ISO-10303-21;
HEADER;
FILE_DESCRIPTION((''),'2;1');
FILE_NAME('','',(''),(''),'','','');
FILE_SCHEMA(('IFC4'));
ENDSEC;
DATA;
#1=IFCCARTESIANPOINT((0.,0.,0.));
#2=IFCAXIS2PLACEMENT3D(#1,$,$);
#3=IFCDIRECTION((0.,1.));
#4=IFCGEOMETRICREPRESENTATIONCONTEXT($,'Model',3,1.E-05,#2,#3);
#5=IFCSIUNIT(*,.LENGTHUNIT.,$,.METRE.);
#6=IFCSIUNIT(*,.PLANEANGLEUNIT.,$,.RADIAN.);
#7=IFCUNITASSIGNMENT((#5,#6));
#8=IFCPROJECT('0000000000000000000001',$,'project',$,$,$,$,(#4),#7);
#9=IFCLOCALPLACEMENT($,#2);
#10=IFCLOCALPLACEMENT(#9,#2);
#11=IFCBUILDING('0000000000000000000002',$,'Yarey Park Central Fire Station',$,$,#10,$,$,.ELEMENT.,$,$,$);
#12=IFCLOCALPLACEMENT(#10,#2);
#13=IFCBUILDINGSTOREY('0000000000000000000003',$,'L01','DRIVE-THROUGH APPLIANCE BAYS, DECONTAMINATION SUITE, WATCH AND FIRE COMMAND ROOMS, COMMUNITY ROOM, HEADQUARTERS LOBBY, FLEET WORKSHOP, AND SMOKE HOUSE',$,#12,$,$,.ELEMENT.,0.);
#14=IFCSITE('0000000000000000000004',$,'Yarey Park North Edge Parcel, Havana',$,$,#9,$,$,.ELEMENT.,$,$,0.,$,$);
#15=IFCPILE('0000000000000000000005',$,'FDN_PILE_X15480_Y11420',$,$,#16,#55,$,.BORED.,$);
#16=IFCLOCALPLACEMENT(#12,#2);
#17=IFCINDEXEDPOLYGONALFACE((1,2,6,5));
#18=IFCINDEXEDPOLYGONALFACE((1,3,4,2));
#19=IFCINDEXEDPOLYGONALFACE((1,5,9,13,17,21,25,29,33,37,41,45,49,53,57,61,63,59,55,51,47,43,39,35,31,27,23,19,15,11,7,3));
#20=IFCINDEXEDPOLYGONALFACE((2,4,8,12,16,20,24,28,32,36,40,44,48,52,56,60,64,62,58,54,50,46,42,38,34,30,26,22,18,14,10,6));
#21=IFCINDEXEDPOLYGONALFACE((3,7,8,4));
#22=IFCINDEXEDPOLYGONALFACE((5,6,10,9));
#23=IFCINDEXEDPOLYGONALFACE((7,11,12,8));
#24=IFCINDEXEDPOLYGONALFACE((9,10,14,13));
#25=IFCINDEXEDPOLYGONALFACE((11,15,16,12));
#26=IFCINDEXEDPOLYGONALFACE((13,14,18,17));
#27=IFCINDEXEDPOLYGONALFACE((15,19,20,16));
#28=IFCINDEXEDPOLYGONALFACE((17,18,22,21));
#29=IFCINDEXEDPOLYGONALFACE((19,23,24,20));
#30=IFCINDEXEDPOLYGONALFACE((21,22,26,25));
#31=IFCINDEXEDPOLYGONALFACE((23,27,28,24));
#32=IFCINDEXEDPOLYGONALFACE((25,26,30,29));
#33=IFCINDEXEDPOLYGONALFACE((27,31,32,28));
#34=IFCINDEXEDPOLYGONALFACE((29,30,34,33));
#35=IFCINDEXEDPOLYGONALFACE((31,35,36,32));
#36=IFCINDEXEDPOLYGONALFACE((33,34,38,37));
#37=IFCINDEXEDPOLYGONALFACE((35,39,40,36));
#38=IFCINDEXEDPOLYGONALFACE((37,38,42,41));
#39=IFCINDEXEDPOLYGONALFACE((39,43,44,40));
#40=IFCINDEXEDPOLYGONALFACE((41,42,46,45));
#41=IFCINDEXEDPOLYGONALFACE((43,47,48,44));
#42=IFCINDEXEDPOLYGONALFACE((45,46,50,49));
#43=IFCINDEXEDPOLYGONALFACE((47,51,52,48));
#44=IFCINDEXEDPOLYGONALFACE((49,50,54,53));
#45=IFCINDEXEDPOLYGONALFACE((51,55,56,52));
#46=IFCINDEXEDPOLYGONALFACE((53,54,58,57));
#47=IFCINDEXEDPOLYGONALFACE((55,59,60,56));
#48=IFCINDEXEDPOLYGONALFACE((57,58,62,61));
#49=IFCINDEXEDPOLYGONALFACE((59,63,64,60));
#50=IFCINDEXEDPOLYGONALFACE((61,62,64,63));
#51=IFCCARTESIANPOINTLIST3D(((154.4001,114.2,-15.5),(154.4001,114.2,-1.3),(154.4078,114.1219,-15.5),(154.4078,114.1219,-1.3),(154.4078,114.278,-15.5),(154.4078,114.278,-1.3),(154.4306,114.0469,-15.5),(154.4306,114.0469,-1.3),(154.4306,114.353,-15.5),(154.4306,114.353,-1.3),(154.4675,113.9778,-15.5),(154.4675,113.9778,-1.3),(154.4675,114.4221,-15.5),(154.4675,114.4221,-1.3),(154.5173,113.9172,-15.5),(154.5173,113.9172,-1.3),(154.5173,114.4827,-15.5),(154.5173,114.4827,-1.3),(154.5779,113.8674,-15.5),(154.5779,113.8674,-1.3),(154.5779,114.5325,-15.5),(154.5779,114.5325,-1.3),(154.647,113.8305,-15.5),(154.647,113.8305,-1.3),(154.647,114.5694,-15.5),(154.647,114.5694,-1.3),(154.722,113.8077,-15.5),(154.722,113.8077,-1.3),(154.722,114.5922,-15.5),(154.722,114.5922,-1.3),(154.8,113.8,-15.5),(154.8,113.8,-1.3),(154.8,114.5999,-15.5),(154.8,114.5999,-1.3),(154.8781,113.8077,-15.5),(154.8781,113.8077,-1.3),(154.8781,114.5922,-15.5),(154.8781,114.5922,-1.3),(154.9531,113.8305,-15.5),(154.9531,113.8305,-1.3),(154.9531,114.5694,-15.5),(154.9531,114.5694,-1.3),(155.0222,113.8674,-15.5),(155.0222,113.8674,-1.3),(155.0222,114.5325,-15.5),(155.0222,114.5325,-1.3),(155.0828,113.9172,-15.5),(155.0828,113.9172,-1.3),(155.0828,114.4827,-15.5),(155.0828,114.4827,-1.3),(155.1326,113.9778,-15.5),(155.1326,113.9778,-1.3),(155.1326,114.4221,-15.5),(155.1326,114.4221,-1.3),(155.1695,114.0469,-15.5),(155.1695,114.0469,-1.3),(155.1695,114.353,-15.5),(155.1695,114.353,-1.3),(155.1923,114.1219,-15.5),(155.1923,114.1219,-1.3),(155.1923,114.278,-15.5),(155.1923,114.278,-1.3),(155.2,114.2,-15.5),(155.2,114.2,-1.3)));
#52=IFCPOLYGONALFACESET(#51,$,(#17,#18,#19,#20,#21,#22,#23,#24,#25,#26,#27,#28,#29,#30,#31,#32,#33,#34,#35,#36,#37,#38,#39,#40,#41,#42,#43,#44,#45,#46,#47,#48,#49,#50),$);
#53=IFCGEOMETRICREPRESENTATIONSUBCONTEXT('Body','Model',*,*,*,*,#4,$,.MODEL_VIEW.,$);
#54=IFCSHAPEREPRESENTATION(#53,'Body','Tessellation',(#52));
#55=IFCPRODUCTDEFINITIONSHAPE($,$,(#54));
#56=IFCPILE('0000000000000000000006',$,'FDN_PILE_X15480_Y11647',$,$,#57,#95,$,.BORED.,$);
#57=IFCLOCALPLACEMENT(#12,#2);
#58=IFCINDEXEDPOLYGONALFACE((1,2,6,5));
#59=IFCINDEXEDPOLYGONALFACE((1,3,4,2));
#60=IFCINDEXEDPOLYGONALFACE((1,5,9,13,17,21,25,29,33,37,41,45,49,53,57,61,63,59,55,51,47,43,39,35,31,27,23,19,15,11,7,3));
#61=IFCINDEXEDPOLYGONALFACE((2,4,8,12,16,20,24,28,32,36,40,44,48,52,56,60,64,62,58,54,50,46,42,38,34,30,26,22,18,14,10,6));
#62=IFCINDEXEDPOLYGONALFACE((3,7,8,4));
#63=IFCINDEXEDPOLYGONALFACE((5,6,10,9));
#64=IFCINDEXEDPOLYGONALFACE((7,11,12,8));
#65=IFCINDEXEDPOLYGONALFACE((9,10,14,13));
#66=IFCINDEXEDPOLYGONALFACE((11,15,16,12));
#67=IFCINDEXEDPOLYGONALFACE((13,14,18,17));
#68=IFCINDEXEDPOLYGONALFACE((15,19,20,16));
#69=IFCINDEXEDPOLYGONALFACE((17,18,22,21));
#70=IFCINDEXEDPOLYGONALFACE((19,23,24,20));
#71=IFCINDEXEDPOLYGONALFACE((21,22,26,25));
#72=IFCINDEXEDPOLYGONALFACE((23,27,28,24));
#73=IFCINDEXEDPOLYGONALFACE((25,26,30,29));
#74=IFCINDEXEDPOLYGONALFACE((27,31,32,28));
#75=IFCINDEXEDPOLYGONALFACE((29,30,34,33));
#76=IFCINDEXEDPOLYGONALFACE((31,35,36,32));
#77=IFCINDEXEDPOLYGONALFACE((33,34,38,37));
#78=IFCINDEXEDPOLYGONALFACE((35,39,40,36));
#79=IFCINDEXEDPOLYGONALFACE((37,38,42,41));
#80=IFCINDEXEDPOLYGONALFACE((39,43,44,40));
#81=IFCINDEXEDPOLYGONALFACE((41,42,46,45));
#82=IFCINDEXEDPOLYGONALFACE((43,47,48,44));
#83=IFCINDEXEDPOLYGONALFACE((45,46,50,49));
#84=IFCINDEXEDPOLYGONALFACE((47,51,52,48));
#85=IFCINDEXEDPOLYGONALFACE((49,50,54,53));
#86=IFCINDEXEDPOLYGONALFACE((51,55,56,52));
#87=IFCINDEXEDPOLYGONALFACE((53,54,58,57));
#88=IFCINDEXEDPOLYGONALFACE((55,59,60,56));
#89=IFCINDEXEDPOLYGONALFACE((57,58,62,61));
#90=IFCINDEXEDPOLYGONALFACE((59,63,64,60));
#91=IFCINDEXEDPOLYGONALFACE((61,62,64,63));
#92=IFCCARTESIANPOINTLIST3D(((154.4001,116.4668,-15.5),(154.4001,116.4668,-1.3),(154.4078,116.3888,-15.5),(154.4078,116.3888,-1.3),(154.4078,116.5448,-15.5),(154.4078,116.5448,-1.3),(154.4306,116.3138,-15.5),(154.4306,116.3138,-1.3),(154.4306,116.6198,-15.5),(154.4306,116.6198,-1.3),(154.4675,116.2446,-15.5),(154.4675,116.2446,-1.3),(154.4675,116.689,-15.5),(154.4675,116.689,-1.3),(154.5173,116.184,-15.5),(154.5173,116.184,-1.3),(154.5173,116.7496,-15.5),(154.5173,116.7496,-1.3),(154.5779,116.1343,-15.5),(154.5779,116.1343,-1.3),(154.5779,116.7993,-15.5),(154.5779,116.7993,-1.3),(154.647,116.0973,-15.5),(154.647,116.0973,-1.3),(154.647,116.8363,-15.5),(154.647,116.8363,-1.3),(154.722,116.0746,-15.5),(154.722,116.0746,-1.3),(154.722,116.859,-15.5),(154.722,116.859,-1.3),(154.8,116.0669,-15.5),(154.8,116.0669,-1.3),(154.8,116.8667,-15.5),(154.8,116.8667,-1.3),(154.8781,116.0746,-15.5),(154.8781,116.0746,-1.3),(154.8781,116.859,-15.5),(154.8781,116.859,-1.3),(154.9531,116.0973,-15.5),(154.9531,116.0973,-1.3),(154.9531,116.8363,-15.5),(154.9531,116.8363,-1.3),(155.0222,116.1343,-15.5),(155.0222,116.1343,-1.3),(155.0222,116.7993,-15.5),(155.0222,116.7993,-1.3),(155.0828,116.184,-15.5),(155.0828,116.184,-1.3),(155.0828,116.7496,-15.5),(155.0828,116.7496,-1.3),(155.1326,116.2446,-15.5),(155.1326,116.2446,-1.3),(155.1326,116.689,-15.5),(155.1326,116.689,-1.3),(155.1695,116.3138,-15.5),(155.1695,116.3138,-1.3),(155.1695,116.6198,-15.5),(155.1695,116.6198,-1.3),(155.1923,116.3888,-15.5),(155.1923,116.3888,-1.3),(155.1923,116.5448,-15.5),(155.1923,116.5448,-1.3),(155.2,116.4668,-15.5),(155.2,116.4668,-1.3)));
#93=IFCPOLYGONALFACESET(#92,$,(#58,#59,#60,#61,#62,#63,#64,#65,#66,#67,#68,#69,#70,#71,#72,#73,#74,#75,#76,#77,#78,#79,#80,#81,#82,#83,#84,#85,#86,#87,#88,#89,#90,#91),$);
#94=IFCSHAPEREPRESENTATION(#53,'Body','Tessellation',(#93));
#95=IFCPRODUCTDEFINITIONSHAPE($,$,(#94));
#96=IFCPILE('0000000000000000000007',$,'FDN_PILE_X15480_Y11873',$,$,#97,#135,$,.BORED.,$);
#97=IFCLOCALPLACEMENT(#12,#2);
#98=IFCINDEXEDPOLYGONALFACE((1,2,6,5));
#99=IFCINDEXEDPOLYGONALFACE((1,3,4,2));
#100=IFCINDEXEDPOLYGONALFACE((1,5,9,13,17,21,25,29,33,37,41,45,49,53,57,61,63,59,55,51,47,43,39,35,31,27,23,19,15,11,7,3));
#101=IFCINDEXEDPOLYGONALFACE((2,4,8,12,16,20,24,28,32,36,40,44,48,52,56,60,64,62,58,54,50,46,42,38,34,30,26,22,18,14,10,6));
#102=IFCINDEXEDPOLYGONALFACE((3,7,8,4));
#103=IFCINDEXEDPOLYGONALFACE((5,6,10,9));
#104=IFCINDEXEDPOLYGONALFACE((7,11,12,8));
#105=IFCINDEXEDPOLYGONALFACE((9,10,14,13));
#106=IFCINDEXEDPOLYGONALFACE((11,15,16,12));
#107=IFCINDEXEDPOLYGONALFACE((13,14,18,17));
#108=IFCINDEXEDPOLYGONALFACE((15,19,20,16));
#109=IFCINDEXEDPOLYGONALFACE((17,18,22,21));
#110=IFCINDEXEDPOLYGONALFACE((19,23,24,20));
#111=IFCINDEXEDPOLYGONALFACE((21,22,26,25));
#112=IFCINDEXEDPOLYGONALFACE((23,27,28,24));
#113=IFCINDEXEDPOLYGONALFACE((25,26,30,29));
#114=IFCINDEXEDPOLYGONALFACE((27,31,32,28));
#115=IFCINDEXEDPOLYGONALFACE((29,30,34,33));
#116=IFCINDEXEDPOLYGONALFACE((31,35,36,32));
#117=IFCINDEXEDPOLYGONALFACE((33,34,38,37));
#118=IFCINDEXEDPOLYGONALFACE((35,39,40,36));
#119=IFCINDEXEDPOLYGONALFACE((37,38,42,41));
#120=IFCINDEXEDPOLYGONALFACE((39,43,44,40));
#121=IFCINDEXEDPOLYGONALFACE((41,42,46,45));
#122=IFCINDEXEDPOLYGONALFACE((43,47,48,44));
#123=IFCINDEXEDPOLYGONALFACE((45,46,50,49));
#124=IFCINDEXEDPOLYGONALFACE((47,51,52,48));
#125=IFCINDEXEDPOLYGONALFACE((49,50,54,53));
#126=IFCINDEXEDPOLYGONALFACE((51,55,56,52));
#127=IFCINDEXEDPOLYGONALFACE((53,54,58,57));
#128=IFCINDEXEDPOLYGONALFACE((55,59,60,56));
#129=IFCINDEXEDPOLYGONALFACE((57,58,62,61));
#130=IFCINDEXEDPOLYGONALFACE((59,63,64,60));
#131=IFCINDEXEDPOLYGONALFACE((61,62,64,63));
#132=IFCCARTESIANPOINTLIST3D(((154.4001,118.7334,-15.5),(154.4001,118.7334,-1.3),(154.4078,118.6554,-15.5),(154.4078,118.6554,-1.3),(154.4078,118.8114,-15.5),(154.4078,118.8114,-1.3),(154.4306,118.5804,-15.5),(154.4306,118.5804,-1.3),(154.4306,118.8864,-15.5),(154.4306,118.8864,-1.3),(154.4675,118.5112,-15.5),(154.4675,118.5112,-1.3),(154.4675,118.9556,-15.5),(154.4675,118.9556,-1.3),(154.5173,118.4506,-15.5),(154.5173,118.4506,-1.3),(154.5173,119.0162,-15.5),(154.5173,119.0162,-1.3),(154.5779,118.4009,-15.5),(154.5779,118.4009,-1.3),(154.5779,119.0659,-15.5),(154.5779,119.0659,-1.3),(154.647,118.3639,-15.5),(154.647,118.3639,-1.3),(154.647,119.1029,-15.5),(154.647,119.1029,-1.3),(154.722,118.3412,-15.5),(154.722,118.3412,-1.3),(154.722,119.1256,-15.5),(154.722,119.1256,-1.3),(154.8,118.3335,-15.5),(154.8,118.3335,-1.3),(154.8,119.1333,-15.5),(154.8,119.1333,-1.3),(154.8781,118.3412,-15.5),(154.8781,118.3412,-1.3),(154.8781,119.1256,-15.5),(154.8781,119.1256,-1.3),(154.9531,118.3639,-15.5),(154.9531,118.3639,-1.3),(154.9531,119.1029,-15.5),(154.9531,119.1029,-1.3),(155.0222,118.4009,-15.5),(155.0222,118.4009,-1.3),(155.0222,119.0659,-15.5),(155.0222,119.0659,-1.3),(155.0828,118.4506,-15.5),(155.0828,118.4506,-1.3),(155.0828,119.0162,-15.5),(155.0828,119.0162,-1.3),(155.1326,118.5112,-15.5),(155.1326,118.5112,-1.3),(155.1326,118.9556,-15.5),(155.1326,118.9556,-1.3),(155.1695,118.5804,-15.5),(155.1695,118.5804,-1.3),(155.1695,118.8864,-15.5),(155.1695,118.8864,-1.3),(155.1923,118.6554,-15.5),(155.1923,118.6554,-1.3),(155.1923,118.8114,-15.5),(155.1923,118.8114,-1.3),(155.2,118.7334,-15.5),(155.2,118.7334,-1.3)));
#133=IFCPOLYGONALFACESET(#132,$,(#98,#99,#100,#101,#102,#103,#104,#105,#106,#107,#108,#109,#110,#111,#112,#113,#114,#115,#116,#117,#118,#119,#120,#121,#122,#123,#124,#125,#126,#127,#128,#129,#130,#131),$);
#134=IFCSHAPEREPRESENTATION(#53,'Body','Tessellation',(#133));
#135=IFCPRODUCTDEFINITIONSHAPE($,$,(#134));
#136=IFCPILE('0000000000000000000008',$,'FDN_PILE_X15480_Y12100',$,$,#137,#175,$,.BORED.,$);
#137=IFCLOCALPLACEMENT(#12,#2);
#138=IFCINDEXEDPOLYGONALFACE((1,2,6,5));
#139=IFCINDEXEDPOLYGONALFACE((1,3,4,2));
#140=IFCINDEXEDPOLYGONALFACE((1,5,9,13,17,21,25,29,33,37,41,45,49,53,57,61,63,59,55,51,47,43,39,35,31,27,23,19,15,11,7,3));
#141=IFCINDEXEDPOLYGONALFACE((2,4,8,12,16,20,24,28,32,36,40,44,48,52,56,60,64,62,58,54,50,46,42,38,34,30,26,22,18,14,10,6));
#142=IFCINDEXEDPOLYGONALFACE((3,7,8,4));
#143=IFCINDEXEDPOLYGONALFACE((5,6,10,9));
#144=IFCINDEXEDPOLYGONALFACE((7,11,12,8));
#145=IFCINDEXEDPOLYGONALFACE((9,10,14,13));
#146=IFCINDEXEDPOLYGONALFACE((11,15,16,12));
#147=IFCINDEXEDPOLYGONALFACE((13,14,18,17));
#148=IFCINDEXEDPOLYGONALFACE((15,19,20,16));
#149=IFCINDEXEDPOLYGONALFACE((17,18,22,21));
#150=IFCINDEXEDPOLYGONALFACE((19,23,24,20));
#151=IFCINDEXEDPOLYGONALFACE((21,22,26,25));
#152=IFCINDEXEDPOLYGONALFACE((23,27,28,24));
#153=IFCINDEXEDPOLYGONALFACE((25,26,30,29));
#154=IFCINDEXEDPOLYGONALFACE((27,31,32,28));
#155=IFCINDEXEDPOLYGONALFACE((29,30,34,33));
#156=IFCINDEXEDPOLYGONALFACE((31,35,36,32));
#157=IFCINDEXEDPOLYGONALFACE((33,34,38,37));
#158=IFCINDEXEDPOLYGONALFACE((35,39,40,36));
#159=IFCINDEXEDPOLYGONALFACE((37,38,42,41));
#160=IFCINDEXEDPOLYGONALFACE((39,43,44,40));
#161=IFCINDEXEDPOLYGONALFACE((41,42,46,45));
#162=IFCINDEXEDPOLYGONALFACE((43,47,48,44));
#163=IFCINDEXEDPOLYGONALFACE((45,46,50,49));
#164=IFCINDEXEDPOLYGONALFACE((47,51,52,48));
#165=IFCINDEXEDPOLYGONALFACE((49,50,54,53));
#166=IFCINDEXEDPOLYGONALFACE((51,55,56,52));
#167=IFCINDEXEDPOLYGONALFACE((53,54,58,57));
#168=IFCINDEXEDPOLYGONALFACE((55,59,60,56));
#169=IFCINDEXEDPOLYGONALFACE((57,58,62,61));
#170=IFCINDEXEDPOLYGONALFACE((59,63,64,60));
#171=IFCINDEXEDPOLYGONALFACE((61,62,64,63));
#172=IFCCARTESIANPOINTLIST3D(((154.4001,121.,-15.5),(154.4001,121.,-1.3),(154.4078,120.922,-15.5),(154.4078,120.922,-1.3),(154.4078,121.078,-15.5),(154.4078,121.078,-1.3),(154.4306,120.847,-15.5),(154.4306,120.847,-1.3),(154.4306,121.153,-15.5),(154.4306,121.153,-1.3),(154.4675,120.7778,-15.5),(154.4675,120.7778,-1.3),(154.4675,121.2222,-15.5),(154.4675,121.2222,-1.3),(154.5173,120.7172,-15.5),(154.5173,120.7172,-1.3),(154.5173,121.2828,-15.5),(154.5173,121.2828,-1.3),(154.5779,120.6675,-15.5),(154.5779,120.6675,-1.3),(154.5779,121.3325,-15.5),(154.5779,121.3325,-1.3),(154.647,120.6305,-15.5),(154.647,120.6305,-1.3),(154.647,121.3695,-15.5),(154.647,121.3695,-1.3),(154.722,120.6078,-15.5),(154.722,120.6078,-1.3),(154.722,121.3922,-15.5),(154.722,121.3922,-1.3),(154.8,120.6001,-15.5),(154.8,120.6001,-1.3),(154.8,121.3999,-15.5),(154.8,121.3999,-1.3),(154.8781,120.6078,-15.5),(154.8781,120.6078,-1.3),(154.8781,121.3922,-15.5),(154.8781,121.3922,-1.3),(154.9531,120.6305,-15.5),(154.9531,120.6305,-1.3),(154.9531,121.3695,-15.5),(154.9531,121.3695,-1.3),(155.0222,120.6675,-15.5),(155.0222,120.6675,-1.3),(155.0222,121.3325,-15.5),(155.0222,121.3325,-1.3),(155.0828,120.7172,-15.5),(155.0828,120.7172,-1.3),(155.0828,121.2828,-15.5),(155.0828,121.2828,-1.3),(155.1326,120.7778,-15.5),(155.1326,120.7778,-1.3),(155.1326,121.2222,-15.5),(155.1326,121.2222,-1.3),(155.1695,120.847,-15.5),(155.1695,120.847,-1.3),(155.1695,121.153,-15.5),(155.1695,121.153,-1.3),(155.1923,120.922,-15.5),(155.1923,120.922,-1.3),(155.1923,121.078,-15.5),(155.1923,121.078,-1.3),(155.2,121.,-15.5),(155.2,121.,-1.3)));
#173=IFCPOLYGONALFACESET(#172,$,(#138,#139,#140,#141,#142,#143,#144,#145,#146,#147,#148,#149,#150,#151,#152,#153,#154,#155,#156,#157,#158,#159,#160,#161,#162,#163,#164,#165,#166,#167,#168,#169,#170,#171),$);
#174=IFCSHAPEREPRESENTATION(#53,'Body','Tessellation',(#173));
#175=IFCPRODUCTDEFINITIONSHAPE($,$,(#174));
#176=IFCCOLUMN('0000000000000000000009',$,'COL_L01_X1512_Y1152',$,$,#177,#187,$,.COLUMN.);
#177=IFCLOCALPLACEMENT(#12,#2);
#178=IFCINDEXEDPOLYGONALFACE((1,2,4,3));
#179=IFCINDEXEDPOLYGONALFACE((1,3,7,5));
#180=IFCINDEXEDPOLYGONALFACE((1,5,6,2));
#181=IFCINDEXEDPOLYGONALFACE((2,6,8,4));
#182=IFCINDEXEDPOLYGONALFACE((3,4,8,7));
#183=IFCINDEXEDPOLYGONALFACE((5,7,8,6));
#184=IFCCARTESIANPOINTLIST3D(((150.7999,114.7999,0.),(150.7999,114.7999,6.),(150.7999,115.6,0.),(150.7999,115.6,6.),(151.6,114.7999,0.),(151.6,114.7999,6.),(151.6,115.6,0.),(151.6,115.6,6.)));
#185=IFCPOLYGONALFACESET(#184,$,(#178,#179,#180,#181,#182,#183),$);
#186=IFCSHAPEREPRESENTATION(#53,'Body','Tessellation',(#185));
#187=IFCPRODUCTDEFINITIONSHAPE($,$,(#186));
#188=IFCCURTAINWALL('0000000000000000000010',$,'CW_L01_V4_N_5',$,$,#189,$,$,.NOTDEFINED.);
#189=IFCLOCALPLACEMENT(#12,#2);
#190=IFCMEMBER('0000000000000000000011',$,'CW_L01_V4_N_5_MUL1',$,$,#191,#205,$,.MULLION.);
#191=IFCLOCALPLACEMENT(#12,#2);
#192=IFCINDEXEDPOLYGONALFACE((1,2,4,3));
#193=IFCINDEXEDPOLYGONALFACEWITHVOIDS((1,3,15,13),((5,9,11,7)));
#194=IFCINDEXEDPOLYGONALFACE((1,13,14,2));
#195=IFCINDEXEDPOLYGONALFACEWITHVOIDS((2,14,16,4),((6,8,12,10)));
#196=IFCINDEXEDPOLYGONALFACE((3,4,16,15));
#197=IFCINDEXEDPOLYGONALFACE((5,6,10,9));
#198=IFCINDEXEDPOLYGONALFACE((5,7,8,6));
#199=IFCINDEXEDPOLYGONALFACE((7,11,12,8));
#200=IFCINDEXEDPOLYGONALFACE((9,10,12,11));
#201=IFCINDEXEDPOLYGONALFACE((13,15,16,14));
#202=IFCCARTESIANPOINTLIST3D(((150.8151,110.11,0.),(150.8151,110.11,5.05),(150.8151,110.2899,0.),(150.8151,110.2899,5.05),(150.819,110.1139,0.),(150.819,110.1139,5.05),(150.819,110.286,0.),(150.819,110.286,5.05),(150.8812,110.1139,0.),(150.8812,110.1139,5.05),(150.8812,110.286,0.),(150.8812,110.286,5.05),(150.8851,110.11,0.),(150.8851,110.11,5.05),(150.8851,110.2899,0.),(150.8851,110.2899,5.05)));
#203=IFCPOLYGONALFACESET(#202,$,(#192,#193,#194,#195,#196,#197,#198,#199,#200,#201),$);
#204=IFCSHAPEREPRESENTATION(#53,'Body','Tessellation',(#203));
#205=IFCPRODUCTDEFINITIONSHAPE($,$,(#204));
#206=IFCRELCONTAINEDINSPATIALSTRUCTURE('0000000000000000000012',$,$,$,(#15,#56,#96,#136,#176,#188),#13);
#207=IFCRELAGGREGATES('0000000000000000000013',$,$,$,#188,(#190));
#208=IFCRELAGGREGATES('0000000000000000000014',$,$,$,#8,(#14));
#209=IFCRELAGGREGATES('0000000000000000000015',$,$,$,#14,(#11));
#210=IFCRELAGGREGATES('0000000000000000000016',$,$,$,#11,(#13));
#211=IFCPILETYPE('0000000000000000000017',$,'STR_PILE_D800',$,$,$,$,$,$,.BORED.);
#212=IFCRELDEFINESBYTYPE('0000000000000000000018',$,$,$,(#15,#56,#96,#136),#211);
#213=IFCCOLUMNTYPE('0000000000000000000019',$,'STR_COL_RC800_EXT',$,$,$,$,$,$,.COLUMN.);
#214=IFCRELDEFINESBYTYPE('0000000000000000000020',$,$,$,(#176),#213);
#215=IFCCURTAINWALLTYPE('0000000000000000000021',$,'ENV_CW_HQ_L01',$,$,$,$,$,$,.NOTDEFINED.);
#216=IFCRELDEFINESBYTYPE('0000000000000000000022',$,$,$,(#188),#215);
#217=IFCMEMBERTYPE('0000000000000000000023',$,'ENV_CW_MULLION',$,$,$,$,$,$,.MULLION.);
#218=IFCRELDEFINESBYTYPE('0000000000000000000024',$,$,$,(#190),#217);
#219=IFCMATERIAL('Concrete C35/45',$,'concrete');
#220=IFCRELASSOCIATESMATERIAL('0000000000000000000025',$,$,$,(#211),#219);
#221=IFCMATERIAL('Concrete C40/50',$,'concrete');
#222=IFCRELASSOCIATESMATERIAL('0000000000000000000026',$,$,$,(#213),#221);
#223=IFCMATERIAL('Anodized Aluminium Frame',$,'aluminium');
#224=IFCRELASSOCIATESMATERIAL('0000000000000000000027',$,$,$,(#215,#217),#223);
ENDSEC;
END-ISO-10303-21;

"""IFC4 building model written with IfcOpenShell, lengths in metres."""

from ifc_helpers import new_model, si_unit, direction, frame, origin, origin_2d, place, context, subcontext, project, spatial, rectangle, hollow_rectangle, circle, extrude, material, material_profile, profile_set, type_object, element, aggregate, save


model = new_model("IFC4")

# Units and contexts
model_context = context("Model", 3, precision=1e-05, world=origin(), true_north=direction((0.0, 1.0)))
body_context = subcontext(model_context, "Body", "Model", "MODEL_VIEW")
ifc_project = project(units=[si_unit("LENGTHUNIT", "METRE"), si_unit("PLANEANGLEUNIT", "RADIAN")], contexts=[model_context])

# Site, building, storey
site_placement = place(None, origin())
site = spatial("IfcSite", under=ifc_project, at=site_placement, Name="Yarey Park North Edge Parcel, Havana", CompositionType="ELEMENT", RefElevation=0.0)
building_placement = place(site_placement, origin())
building = spatial("IfcBuilding", under=site, at=building_placement, Name="Yarey Park Central Fire Station", CompositionType="ELEMENT")
storey_placement = place(building_placement, origin())
storey = spatial("IfcBuildingStorey", under=building, at=storey_placement, Name="L01", Description="DRIVE-THROUGH APPLIANCE BAYS, DECONTAMINATION SUITE, WATCH AND FIRE COMMAND ROOMS, COMMUNITY ROOM, HEADQUARTERS LOBBY, FLEET WORKSHOP, AND SMOKE HOUSE", CompositionType="ELEMENT", Elevation=0.0)

# Shared definitions
ifc_material_1 = material(Name="Concrete C35/45", Category="concrete")

# Piles
ifc_material_profile_1 = material_profile(ifc_material_1, circle(Radius=0.3999, at=origin_2d()), Name="BORED PILE D800")
ifc_profile_set_1 = profile_set([ifc_material_profile_1], Name="Concrete C35/45")
pile_type = type_object("IfcPileType", Name="STR_PILE_D800", PredefinedType="BORED", material=ifc_profile_set_1)
for number, where, z_axis, x_axis, name in (
    (1, (154.8, 114.2, -1.3), (0.0, 0.0, -1.0), (1.0, 0.0, 0.0), "FDN_PILE_X15480_Y11420"),
    (2, (154.8, 116.4668, -1.3), (0.0, 0.0, -1.0), (1.0, 0.0, 0.0), "FDN_PILE_X15480_Y11647"),
    (3, (154.8, 118.7334, -1.3), (0.0, 0.0, -1.0), (1.0, 0.0, 0.0), "FDN_PILE_X15480_Y11873"),
    (4, (154.8, 121.0, -1.3), (0.0, 0.0, -1.0), (1.0, 0.0, 0.0), "FDN_PILE_X15480_Y12100"),
):
    element("IfcPile", number, at=place(storey_placement, frame(where, z_axis=z_axis, x_axis=x_axis)), inside=storey, type_object=pile_type, Name=name, PredefinedType="BORED", context=body_context, shape_type="SweptSolid", body=[
        extrude(circle(Radius=0.3999, at=origin_2d()), origin(), (0.0, 0.0, 1.0), 14.2),
    ])

# Column
ifc_material_2 = material(Name="Concrete C40/50", Category="concrete")
ifc_material_profile_2 = material_profile(ifc_material_2, rectangle(XDim=0.8, YDim=0.8, at=origin_2d()), Name="RC 800x800")
ifc_profile_set_2 = profile_set([ifc_material_profile_2], Name="Concrete C40/50")
column_type = type_object("IfcColumnType", Name="STR_COL_RC800_EXT", PredefinedType="COLUMN", material=ifc_profile_set_2)
column_placement = place(storey_placement, frame((151.2, 115.2, 0.0), z_axis=(0.0, 0.0, 1.0), x_axis=(1.0, 0.0, 0.0)))
element("IfcColumn", 5, at=column_placement, inside=storey, type_object=column_type, Name="COL_L01_X1512_Y1152", PredefinedType="COLUMN", context=body_context, shape_type="SweptSolid", body=[
    extrude(rectangle(XDim=0.8, YDim=0.8, at=origin_2d()), origin(), (0.0, 0.0, 1.0), 6.0),
])

# Curtain wall, member
ifc_material_3 = material(Name="Anodized Aluminium Frame", Category="aluminium")
curtain_wall_type = type_object("IfcCurtainWallType", Name="ENV_CW_HQ_L01", PredefinedType="NOTDEFINED", material=ifc_material_3)
curtain_wall_1_placement = place(storey_placement, origin())
curtain_wall_1 = element("IfcCurtainWall", 6, at=curtain_wall_1_placement, inside=storey, type_object=curtain_wall_type, Name="CW_L01_V4_N_5", PredefinedType="NOTDEFINED")
ifc_material_profile_3 = material_profile(ifc_material_3, hollow_rectangle(XDim=0.0701, YDim=0.1799, WallThickness=0.0039, at=origin_2d()), Name="ALU 180x70x4")
ifc_profile_set_3 = profile_set([ifc_material_profile_3], Name="Anodized Aluminium Frame")
member_type_1 = type_object("IfcMemberType", Name="ENV_CW_MULLION", PredefinedType="MULLION", material=ifc_profile_set_3)
member_1_placement = place(storey_placement, frame((150.8501, 110.2, 0.0), z_axis=(0.0, 0.0, 1.0), x_axis=(1.0, 0.0, 0.0)))
member_1 = element("IfcMember", 7, at=member_1_placement, type_object=member_type_1, Name="CW_L01_V4_N_5_MUL1", PredefinedType="MULLION", context=body_context, shape_type="SweptSolid", body=[
    extrude(hollow_rectangle(XDim=0.0701, YDim=0.1799, WallThickness=0.0039, at=origin_2d()), origin(), (0.0, 0.0, 1.0), 5.05),
])

aggregate(curtain_wall_1, [member_1])

save(model, "model.ifc")
